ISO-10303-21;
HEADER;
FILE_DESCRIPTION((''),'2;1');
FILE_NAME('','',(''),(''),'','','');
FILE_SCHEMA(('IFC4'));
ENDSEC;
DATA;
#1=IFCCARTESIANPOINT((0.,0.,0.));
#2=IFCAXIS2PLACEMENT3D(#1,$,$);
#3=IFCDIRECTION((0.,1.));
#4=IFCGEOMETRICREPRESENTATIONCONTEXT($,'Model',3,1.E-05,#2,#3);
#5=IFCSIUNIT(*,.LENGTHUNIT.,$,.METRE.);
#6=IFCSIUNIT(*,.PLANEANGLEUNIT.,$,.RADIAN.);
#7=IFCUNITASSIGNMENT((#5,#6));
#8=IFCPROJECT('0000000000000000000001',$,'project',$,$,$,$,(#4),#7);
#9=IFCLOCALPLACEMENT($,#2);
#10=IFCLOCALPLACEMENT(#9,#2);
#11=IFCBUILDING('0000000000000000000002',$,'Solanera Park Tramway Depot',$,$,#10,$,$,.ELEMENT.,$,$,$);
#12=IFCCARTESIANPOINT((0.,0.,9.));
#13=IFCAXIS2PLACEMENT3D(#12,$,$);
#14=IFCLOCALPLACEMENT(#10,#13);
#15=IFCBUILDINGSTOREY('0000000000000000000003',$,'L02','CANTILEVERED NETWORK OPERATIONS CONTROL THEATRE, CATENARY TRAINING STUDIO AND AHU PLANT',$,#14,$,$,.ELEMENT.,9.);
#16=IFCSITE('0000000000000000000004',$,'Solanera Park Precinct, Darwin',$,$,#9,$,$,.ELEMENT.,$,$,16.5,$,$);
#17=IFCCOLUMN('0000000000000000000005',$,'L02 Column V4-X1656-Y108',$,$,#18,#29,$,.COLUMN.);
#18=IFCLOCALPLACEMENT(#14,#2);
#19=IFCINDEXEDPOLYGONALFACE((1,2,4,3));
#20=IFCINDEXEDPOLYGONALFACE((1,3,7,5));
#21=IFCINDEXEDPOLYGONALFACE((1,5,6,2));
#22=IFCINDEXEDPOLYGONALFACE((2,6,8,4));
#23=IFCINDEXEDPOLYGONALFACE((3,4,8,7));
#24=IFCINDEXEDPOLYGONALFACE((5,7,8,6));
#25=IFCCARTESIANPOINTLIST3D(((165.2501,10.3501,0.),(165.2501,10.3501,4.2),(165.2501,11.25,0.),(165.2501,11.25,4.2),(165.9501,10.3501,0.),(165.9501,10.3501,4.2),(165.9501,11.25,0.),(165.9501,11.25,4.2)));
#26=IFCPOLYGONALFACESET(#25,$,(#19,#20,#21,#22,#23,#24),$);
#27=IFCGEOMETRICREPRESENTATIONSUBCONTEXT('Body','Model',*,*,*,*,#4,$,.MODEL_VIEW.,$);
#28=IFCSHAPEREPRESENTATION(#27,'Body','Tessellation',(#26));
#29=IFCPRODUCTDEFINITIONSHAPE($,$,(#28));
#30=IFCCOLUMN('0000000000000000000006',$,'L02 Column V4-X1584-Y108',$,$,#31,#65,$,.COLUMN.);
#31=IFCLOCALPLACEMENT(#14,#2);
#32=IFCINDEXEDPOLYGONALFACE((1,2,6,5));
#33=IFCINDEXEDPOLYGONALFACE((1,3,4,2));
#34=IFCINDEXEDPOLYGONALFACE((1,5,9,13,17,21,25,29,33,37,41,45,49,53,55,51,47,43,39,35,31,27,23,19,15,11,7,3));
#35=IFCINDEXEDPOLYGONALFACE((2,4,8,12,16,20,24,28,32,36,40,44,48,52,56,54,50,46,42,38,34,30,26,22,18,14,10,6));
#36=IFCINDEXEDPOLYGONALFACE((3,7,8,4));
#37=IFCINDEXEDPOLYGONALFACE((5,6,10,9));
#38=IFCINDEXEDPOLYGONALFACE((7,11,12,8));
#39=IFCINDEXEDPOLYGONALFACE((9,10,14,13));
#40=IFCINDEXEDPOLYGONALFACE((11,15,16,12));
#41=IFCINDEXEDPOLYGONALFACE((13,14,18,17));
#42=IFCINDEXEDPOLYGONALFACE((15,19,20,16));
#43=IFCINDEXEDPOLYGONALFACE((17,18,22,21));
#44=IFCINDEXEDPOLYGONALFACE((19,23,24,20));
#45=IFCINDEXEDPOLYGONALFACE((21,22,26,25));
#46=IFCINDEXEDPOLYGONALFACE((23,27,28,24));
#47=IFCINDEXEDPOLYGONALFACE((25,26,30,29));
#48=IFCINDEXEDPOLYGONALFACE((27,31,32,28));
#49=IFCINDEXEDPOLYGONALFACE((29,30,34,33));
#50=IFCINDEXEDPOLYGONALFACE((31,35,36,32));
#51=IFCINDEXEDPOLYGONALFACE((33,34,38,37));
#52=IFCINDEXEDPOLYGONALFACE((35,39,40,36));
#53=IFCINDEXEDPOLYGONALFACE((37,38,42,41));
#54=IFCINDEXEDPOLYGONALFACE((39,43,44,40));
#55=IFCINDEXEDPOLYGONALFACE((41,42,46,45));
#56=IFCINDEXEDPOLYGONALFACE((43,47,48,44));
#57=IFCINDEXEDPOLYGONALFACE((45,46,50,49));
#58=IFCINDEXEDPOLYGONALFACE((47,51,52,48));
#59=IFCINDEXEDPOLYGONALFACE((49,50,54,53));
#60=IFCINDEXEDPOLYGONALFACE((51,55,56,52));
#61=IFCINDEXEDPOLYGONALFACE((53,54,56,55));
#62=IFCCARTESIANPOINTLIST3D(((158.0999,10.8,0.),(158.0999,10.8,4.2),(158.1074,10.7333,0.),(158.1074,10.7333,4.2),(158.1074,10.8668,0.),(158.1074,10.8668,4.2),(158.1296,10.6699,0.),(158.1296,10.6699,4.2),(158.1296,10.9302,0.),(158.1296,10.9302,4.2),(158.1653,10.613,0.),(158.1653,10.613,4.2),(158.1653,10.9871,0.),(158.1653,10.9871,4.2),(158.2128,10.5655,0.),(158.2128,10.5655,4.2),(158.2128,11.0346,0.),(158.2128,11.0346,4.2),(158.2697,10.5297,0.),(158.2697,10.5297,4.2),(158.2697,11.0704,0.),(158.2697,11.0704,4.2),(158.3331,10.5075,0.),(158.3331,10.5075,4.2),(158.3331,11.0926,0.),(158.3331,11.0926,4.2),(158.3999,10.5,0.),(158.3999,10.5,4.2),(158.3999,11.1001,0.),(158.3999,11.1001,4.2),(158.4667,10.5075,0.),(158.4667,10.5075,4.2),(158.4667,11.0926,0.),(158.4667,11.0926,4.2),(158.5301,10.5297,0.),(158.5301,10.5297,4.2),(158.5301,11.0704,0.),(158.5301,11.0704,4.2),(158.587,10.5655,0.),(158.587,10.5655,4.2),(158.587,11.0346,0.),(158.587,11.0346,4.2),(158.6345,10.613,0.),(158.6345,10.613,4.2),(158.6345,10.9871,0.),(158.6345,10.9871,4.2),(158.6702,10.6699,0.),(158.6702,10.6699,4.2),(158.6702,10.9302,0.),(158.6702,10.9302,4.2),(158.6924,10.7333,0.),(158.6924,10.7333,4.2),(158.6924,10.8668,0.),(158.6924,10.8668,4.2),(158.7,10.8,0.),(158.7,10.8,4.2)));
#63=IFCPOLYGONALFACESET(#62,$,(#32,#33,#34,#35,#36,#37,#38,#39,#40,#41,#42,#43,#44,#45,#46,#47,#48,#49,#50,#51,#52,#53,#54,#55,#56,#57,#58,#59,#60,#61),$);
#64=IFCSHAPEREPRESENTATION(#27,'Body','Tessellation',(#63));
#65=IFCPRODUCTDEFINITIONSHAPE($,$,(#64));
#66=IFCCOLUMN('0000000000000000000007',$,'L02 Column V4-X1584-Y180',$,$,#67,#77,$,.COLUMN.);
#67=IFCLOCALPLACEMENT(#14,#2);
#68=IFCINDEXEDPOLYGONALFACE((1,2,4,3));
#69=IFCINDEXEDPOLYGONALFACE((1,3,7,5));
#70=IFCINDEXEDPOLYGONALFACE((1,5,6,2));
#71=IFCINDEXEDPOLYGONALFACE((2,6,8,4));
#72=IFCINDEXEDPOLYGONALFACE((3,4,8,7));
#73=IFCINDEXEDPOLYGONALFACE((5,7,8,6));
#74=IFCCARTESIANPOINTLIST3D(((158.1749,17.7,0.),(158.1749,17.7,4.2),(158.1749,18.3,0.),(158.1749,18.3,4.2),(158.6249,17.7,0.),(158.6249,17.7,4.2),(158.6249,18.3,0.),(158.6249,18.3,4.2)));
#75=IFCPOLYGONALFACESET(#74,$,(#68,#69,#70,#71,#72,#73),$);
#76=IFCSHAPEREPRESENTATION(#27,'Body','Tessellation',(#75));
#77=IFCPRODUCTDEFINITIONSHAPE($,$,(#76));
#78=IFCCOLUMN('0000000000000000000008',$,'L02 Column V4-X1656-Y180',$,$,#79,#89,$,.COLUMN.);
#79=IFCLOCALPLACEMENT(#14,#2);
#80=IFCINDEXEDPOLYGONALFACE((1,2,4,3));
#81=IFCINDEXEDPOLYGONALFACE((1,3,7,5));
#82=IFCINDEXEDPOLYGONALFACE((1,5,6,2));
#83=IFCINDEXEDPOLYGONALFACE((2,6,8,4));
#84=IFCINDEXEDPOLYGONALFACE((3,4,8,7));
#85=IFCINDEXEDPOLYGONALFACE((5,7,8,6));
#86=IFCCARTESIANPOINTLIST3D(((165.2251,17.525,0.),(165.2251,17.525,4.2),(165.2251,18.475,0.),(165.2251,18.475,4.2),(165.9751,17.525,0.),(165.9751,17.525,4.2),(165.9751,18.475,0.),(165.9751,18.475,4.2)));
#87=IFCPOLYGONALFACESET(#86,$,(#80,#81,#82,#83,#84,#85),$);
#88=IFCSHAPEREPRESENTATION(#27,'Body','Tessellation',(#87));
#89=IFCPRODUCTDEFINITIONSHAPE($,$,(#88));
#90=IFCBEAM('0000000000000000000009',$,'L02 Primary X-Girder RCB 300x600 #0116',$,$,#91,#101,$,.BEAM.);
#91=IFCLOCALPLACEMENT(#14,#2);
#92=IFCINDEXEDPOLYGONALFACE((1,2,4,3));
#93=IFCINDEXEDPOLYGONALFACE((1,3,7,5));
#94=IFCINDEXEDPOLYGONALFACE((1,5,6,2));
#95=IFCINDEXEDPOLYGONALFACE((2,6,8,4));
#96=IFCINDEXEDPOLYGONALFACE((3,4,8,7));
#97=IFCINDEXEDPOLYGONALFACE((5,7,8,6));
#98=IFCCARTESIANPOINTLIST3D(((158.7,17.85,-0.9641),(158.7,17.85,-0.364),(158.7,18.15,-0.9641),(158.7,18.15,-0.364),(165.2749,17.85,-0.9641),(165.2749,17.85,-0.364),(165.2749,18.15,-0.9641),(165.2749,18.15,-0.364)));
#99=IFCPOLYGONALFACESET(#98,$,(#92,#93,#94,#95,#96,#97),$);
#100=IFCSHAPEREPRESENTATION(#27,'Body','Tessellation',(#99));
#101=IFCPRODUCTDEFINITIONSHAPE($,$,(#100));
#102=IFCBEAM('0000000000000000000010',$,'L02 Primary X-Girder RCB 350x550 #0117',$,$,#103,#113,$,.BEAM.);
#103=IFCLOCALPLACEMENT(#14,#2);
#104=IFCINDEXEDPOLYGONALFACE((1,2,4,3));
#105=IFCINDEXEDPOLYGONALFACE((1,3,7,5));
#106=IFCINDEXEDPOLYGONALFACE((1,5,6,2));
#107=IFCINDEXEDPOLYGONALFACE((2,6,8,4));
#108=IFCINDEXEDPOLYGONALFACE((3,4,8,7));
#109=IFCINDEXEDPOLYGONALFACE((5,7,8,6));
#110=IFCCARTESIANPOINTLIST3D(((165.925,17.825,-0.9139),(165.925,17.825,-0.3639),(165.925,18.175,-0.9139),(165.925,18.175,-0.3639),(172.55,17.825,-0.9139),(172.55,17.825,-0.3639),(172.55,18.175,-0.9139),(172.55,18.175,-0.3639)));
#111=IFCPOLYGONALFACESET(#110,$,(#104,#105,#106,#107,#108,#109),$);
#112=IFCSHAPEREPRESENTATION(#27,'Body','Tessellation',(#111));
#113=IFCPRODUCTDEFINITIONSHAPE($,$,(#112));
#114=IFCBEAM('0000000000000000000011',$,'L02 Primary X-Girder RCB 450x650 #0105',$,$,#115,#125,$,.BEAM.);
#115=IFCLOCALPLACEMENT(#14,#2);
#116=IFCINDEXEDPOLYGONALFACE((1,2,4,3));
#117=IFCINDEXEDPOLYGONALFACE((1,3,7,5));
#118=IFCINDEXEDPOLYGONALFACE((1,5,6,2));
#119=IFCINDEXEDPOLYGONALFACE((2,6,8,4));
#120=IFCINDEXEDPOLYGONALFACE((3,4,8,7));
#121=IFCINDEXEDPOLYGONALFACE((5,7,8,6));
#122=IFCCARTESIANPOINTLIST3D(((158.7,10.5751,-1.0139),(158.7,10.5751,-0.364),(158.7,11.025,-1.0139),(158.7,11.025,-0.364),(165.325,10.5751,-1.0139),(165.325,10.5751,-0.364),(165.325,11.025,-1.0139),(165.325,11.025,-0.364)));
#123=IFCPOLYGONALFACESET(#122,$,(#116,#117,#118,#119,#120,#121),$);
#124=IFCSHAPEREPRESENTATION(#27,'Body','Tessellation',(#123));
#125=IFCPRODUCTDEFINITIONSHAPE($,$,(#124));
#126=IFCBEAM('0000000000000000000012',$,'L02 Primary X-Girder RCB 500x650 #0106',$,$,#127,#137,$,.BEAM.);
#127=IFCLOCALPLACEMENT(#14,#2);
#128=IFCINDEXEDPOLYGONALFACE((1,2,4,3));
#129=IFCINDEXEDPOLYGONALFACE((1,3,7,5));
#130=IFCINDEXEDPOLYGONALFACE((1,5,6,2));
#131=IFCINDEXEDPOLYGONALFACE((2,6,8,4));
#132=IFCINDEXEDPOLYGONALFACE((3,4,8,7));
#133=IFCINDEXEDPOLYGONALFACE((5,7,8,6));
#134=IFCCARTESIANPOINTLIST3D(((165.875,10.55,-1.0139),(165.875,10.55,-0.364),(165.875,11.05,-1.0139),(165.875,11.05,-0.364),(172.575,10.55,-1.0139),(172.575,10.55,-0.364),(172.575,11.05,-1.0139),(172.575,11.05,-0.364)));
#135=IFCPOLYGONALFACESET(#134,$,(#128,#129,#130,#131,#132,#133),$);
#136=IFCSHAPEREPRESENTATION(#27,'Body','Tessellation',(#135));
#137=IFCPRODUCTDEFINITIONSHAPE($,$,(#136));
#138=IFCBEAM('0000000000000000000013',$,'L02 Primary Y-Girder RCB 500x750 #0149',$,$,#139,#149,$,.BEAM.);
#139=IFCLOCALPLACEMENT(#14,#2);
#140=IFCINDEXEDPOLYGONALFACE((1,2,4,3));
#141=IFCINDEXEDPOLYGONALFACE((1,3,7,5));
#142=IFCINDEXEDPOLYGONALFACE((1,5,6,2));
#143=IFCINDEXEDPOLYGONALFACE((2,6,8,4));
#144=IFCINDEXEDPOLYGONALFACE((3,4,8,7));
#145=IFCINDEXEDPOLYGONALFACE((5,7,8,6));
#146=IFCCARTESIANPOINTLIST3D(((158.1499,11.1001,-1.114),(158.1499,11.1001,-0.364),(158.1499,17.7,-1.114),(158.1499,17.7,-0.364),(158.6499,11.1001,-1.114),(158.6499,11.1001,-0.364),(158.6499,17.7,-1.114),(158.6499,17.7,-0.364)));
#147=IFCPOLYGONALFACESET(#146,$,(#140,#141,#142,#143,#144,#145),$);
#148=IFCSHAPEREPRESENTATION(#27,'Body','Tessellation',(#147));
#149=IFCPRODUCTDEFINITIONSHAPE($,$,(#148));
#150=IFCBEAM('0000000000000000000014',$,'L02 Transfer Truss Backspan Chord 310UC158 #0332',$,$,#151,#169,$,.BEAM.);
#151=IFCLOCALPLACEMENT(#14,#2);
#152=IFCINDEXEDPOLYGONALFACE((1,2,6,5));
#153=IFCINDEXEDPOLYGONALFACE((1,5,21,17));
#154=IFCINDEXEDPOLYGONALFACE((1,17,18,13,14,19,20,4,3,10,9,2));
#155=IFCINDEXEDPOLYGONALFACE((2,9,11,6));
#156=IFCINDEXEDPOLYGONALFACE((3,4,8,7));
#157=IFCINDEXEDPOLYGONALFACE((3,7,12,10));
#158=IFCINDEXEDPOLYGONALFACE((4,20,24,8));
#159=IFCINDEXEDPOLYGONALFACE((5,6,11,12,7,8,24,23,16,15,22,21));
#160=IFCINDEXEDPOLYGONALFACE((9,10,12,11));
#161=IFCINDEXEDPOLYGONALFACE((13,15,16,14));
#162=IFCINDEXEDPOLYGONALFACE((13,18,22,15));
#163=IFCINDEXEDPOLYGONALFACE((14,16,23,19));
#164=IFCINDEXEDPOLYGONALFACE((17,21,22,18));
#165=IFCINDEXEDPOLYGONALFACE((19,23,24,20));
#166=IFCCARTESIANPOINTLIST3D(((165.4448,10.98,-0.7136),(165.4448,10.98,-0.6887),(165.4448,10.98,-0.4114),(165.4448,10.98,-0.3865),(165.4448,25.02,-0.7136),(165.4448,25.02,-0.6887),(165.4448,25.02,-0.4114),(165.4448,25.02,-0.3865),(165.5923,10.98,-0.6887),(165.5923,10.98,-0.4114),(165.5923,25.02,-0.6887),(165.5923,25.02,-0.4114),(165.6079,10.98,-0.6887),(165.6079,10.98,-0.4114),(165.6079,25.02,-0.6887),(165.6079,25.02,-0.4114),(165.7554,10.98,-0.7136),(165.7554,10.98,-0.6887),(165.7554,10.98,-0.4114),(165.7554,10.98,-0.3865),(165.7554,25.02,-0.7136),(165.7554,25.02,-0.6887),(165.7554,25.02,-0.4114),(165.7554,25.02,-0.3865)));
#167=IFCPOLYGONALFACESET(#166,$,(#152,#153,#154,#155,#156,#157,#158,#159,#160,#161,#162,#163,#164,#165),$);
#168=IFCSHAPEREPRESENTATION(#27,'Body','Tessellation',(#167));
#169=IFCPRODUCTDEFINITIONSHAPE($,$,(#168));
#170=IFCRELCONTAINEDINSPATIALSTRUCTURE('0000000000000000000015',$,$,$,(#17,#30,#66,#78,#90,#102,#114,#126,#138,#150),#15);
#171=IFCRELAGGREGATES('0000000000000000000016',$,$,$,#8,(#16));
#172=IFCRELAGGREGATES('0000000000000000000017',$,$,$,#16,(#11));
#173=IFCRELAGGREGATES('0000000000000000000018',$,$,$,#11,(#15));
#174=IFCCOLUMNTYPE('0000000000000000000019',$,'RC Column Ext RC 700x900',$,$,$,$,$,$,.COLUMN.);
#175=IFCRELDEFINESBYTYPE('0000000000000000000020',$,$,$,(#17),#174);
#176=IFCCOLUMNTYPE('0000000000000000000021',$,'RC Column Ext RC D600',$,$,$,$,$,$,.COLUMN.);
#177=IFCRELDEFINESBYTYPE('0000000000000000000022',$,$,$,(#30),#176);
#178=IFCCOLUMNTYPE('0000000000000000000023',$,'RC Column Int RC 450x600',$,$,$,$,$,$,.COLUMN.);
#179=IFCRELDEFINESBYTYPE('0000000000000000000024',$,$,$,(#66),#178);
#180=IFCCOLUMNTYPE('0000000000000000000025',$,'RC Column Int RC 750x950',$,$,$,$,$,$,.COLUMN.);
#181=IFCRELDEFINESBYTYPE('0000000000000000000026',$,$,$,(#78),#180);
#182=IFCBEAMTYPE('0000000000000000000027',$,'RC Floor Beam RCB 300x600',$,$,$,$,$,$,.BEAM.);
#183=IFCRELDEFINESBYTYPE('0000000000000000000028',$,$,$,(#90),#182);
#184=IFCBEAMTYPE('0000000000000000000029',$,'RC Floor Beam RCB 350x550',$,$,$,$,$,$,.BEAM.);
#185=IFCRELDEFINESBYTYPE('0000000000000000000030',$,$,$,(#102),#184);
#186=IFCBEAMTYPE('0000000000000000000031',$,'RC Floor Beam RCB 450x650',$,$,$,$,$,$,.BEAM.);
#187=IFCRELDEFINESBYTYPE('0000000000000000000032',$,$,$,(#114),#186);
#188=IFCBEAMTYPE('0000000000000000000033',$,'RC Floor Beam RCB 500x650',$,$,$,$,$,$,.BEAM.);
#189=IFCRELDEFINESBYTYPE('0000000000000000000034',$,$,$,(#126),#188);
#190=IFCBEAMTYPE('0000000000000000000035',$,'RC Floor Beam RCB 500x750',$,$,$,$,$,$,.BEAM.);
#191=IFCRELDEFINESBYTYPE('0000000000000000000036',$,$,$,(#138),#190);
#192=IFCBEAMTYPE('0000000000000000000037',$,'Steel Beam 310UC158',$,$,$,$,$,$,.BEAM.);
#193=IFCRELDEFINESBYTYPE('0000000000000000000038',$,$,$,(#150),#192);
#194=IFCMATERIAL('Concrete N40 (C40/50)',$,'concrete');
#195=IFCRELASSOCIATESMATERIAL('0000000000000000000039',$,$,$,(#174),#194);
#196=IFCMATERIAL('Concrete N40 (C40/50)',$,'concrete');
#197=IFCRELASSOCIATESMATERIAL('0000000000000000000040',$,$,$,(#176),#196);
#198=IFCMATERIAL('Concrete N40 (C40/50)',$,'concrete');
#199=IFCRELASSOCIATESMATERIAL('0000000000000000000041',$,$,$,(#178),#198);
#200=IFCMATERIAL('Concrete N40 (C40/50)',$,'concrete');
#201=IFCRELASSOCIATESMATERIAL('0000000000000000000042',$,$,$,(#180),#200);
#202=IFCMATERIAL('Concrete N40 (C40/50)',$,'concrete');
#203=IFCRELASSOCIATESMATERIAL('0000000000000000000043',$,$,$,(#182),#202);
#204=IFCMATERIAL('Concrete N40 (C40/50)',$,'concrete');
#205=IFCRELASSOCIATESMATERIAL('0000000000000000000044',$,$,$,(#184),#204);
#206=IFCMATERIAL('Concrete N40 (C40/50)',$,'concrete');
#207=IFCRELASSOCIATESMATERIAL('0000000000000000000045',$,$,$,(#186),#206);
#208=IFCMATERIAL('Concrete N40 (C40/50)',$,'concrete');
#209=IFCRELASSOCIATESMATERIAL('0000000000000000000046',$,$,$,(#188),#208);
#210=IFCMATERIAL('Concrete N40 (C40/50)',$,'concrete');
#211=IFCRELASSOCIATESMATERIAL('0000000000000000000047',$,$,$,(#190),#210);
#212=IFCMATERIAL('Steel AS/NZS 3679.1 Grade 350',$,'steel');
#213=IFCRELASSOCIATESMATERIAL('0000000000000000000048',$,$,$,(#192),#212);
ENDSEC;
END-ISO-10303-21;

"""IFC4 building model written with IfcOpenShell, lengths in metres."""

from ifc_helpers import new_model, si_unit, direction, frame, origin, origin_2d, place, context, subcontext, project, spatial, rectangle, circle, i_section, extrude, material, material_profile, profile_set, type_object, element, save


model = new_model("IFC4")

# Units and contexts
model_context = context("Model", 3, precision=1e-05, world=origin(), true_north=direction((0.0, 1.0)))
body_context = subcontext(model_context, "Body", "Model", "MODEL_VIEW")
ifc_project = project(units=[si_unit("LENGTHUNIT", "METRE"), si_unit("PLANEANGLEUNIT", "RADIAN")], contexts=[model_context])

# Site, building, storey
site_placement = place(None, origin())
site = spatial("IfcSite", under=ifc_project, at=site_placement, Name="Solanera Park Precinct, Darwin", CompositionType="ELEMENT", RefElevation=16.5)
building_placement = place(site_placement, origin())
building = spatial("IfcBuilding", under=site, at=building_placement, Name="Solanera Park Tramway Depot", CompositionType="ELEMENT")
storey_placement = place(building_placement, frame((0.0, 0.0, 9.0)))
storey = spatial("IfcBuildingStorey", under=building, at=storey_placement, Name="L02", Description="CANTILEVERED NETWORK OPERATIONS CONTROL THEATRE, CATENARY TRAINING STUDIO AND AHU PLANT", CompositionType="ELEMENT", Elevation=9.0)

# Columns
ifc_material_1 = material(Name="Concrete N40 (C40/50)", Category="concrete")
ifc_material_profile_1 = material_profile(ifc_material_1, rectangle(XDim=0.7, YDim=0.8999, at=origin_2d()), Name="RC 700x900")
ifc_profile_set_1 = profile_set([ifc_material_profile_1], Name="Concrete N40 (C40/50)")
column_type_1 = type_object("IfcColumnType", Name="RC Column Ext RC 700x900", PredefinedType="COLUMN", material=ifc_profile_set_1)
column_1_placement = place(storey_placement, frame((165.6001, 10.8, 0.0), z_axis=(0.0, 0.0, 1.0), x_axis=(1.0, 0.0, 0.0)))
element("IfcColumn", 1, at=column_1_placement, inside=storey, type_object=column_type_1, Name="L02 Column V4-X1656-Y108", PredefinedType="COLUMN", context=body_context, shape_type="SweptSolid", body=[
    extrude(rectangle(XDim=0.7, YDim=0.8999, at=origin_2d()), origin(), (0.0, 0.0, 1.0), 4.2),
])
ifc_material_2 = material(Name="Concrete N40 (C40/50)", Category="concrete")
ifc_material_profile_2 = material_profile(ifc_material_2, circle(Radius=0.3, at=origin_2d()), Name="RC D600")
ifc_profile_set_2 = profile_set([ifc_material_profile_2], Name="Concrete N40 (C40/50)")
column_type_2 = type_object("IfcColumnType", Name="RC Column Ext RC D600", PredefinedType="COLUMN", material=ifc_profile_set_2)
column_2_placement = place(storey_placement, frame((158.3999, 10.8, 0.0), z_axis=(0.0, 0.0, 1.0), x_axis=(1.0, 0.0, 0.0)))
element("IfcColumn", 2, at=column_2_placement, inside=storey, type_object=column_type_2, Name="L02 Column V4-X1584-Y108", PredefinedType="COLUMN", context=body_context, shape_type="SweptSolid", body=[
    extrude(circle(Radius=0.3, at=origin_2d()), origin(), (0.0, 0.0, 1.0), 4.2),
])
ifc_material_3 = material(Name="Concrete N40 (C40/50)", Category="concrete")
ifc_material_profile_3 = material_profile(ifc_material_3, rectangle(XDim=0.45, YDim=0.6001, at=origin_2d()), Name="RC 450x600")
ifc_profile_set_3 = profile_set([ifc_material_profile_3], Name="Concrete N40 (C40/50)")
column_type_3 = type_object("IfcColumnType", Name="RC Column Int RC 450x600", PredefinedType="COLUMN", material=ifc_profile_set_3)
column_3_placement = place(storey_placement, frame((158.3999, 18.0, 0.0), z_axis=(0.0, 0.0, 1.0), x_axis=(1.0, 0.0, 0.0)))
element("IfcColumn", 3, at=column_3_placement, inside=storey, type_object=column_type_3, Name="L02 Column V4-X1584-Y180", PredefinedType="COLUMN", context=body_context, shape_type="SweptSolid", body=[
    extrude(rectangle(XDim=0.45, YDim=0.6001, at=origin_2d()), origin(), (0.0, 0.0, 1.0), 4.2),
])
ifc_material_4 = material(Name="Concrete N40 (C40/50)", Category="concrete")
ifc_material_profile_4 = material_profile(ifc_material_4, rectangle(XDim=0.75, YDim=0.95, at=origin_2d()), Name="RC 750x950")
ifc_profile_set_4 = profile_set([ifc_material_profile_4], Name="Concrete N40 (C40/50)")
column_type_4 = type_object("IfcColumnType", Name="RC Column Int RC 750x950", PredefinedType="COLUMN", material=ifc_profile_set_4)
column_4_placement = place(storey_placement, frame((165.6001, 18.0, 0.0), z_axis=(0.0, 0.0, 1.0), x_axis=(1.0, 0.0, 0.0)))
element("IfcColumn", 4, at=column_4_placement, inside=storey, type_object=column_type_4, Name="L02 Column V4-X1656-Y180", PredefinedType="COLUMN", context=body_context, shape_type="SweptSolid", body=[
    extrude(rectangle(XDim=0.75, YDim=0.95, at=origin_2d()), origin(), (0.0, 0.0, 1.0), 4.2),
])

# Beams
ifc_material_5 = material(Name="Concrete N40 (C40/50)", Category="concrete")
ifc_material_profile_5 = material_profile(ifc_material_5, rectangle(XDim=0.3, YDim=0.6001, at=origin_2d()), Name="RCB 300x600")
ifc_profile_set_5 = profile_set([ifc_material_profile_5], Name="Concrete N40 (C40/50)")
beam_type_1 = type_object("IfcBeamType", Name="RC Floor Beam RCB 300x600", PredefinedType="BEAM", material=ifc_profile_set_5)
beam_1_placement = place(storey_placement, frame((158.7, 18.0, -0.6641), z_axis=(1.0, 0.0, 0.0), x_axis=(0.0, 1.0, 0.0)))
element("IfcBeam", 5, at=beam_1_placement, inside=storey, type_object=beam_type_1, Name="L02 Primary X-Girder RCB 300x600 #0116", PredefinedType="BEAM", context=body_context, shape_type="SweptSolid", body=[
    extrude(rectangle(XDim=0.3, YDim=0.6001, at=origin_2d()), origin(), (0.0, 0.0, 1.0), 6.575),
])
ifc_material_6 = material(Name="Concrete N40 (C40/50)", Category="concrete")
ifc_material_profile_6 = material_profile(ifc_material_6, rectangle(XDim=0.3501, YDim=0.55, at=origin_2d()), Name="RCB 350x550")
ifc_profile_set_6 = profile_set([ifc_material_profile_6], Name="Concrete N40 (C40/50)")
beam_type_2 = type_object("IfcBeamType", Name="RC Floor Beam RCB 350x550", PredefinedType="BEAM", material=ifc_profile_set_6)
beam_2_placement = place(storey_placement, frame((165.925, 18.0, -0.6389), z_axis=(1.0, 0.0, 0.0), x_axis=(0.0, 1.0, 0.0)))
element("IfcBeam", 6, at=beam_2_placement, inside=storey, type_object=beam_type_2, Name="L02 Primary X-Girder RCB 350x550 #0117", PredefinedType="BEAM", context=body_context, shape_type="SweptSolid", body=[
    extrude(rectangle(XDim=0.3501, YDim=0.55, at=origin_2d()), origin(), (0.0, 0.0, 1.0), 6.625),
])
ifc_material_7 = material(Name="Concrete N40 (C40/50)", Category="concrete")
ifc_material_profile_7 = material_profile(ifc_material_7, rectangle(XDim=0.45, YDim=0.6499, at=origin_2d()), Name="RCB 450x650")
ifc_profile_set_7 = profile_set([ifc_material_profile_7], Name="Concrete N40 (C40/50)")
beam_type_3 = type_object("IfcBeamType", Name="RC Floor Beam RCB 450x650", PredefinedType="BEAM", material=ifc_profile_set_7)
beam_3_placement = place(storey_placement, frame((158.7, 10.8, -0.689), z_axis=(1.0, 0.0, 0.0), x_axis=(0.0, 1.0, 0.0)))
element("IfcBeam", 7, at=beam_3_placement, inside=storey, type_object=beam_type_3, Name="L02 Primary X-Girder RCB 450x650 #0105", PredefinedType="BEAM", context=body_context, shape_type="SweptSolid", body=[
    extrude(rectangle(XDim=0.45, YDim=0.6499, at=origin_2d()), origin(), (0.0, 0.0, 1.0), 6.625),
])
ifc_material_8 = material(Name="Concrete N40 (C40/50)", Category="concrete")
ifc_material_profile_8 = material_profile(ifc_material_8, rectangle(XDim=0.5, YDim=0.6499, at=origin_2d()), Name="RCB 500x650")
ifc_profile_set_8 = profile_set([ifc_material_profile_8], Name="Concrete N40 (C40/50)")
beam_type_4 = type_object("IfcBeamType", Name="RC Floor Beam RCB 500x650", PredefinedType="BEAM", material=ifc_profile_set_8)
beam_4_placement = place(storey_placement, frame((165.875, 10.8, -0.689), z_axis=(1.0, 0.0, 0.0), x_axis=(0.0, 1.0, 0.0)))
element("IfcBeam", 8, at=beam_4_placement, inside=storey, type_object=beam_type_4, Name="L02 Primary X-Girder RCB 500x650 #0106", PredefinedType="BEAM", context=body_context, shape_type="SweptSolid", body=[
    extrude(rectangle(XDim=0.5, YDim=0.6499, at=origin_2d()), origin(), (0.0, 0.0, 1.0), 6.7),
])
ifc_material_9 = material(Name="Concrete N40 (C40/50)", Category="concrete")
ifc_material_profile_9 = material_profile(ifc_material_9, rectangle(XDim=0.5, YDim=0.75, at=origin_2d()), Name="RCB 500x750")
ifc_profile_set_9 = profile_set([ifc_material_profile_9], Name="Concrete N40 (C40/50)")
beam_type_5 = type_object("IfcBeamType", Name="RC Floor Beam RCB 500x750", PredefinedType="BEAM", material=ifc_profile_set_9)
beam_5_placement = place(storey_placement, frame((158.3999, 11.1001, -0.739), z_axis=(0.0, 1.0, 0.0), x_axis=(-1.0, 0.0, 0.0)))
element("IfcBeam", 9, at=beam_5_placement, inside=storey, type_object=beam_type_5, Name="L02 Primary Y-Girder RCB 500x750 #0149", PredefinedType="BEAM", context=body_context, shape_type="SweptSolid", body=[
    extrude(rectangle(XDim=0.5, YDim=0.75, at=origin_2d()), origin(), (0.0, 0.0, 1.0), 6.5999),
])
ifc_material_10 = material(Name="Steel AS/NZS 3679.1 Grade 350", Category="steel")
ifc_material_profile_10 = material_profile(ifc_material_10, i_section(OverallWidth=0.3105, OverallDepth=0.3271, WebThickness=0.0156, FlangeThickness=0.0249, at=origin_2d()), Name="310UC158")
ifc_profile_set_10 = profile_set([ifc_material_profile_10], Name="Steel AS/NZS 3679.1 Grade 350")
beam_type_6 = type_object("IfcBeamType", Name="Steel Beam 310UC158", PredefinedType="BEAM", material=ifc_profile_set_10)
beam_6_placement = place(storey_placement, frame((165.6001, 10.98, -0.55), z_axis=(0.0, 1.0, 0.0), x_axis=(-1.0, 0.0, 0.0)))
element("IfcBeam", 10, at=beam_6_placement, inside=storey, type_object=beam_type_6, Name="L02 Transfer Truss Backspan Chord 310UC158 #0332", PredefinedType="BEAM", context=body_context, shape_type="SweptSolid", body=[
    extrude(i_section(OverallWidth=0.3105, OverallDepth=0.3271, WebThickness=0.0156, FlangeThickness=0.0249, at=origin_2d()), origin(), (0.0, 0.0, 1.0), 14.04),
])

save(model, "model.ifc")
